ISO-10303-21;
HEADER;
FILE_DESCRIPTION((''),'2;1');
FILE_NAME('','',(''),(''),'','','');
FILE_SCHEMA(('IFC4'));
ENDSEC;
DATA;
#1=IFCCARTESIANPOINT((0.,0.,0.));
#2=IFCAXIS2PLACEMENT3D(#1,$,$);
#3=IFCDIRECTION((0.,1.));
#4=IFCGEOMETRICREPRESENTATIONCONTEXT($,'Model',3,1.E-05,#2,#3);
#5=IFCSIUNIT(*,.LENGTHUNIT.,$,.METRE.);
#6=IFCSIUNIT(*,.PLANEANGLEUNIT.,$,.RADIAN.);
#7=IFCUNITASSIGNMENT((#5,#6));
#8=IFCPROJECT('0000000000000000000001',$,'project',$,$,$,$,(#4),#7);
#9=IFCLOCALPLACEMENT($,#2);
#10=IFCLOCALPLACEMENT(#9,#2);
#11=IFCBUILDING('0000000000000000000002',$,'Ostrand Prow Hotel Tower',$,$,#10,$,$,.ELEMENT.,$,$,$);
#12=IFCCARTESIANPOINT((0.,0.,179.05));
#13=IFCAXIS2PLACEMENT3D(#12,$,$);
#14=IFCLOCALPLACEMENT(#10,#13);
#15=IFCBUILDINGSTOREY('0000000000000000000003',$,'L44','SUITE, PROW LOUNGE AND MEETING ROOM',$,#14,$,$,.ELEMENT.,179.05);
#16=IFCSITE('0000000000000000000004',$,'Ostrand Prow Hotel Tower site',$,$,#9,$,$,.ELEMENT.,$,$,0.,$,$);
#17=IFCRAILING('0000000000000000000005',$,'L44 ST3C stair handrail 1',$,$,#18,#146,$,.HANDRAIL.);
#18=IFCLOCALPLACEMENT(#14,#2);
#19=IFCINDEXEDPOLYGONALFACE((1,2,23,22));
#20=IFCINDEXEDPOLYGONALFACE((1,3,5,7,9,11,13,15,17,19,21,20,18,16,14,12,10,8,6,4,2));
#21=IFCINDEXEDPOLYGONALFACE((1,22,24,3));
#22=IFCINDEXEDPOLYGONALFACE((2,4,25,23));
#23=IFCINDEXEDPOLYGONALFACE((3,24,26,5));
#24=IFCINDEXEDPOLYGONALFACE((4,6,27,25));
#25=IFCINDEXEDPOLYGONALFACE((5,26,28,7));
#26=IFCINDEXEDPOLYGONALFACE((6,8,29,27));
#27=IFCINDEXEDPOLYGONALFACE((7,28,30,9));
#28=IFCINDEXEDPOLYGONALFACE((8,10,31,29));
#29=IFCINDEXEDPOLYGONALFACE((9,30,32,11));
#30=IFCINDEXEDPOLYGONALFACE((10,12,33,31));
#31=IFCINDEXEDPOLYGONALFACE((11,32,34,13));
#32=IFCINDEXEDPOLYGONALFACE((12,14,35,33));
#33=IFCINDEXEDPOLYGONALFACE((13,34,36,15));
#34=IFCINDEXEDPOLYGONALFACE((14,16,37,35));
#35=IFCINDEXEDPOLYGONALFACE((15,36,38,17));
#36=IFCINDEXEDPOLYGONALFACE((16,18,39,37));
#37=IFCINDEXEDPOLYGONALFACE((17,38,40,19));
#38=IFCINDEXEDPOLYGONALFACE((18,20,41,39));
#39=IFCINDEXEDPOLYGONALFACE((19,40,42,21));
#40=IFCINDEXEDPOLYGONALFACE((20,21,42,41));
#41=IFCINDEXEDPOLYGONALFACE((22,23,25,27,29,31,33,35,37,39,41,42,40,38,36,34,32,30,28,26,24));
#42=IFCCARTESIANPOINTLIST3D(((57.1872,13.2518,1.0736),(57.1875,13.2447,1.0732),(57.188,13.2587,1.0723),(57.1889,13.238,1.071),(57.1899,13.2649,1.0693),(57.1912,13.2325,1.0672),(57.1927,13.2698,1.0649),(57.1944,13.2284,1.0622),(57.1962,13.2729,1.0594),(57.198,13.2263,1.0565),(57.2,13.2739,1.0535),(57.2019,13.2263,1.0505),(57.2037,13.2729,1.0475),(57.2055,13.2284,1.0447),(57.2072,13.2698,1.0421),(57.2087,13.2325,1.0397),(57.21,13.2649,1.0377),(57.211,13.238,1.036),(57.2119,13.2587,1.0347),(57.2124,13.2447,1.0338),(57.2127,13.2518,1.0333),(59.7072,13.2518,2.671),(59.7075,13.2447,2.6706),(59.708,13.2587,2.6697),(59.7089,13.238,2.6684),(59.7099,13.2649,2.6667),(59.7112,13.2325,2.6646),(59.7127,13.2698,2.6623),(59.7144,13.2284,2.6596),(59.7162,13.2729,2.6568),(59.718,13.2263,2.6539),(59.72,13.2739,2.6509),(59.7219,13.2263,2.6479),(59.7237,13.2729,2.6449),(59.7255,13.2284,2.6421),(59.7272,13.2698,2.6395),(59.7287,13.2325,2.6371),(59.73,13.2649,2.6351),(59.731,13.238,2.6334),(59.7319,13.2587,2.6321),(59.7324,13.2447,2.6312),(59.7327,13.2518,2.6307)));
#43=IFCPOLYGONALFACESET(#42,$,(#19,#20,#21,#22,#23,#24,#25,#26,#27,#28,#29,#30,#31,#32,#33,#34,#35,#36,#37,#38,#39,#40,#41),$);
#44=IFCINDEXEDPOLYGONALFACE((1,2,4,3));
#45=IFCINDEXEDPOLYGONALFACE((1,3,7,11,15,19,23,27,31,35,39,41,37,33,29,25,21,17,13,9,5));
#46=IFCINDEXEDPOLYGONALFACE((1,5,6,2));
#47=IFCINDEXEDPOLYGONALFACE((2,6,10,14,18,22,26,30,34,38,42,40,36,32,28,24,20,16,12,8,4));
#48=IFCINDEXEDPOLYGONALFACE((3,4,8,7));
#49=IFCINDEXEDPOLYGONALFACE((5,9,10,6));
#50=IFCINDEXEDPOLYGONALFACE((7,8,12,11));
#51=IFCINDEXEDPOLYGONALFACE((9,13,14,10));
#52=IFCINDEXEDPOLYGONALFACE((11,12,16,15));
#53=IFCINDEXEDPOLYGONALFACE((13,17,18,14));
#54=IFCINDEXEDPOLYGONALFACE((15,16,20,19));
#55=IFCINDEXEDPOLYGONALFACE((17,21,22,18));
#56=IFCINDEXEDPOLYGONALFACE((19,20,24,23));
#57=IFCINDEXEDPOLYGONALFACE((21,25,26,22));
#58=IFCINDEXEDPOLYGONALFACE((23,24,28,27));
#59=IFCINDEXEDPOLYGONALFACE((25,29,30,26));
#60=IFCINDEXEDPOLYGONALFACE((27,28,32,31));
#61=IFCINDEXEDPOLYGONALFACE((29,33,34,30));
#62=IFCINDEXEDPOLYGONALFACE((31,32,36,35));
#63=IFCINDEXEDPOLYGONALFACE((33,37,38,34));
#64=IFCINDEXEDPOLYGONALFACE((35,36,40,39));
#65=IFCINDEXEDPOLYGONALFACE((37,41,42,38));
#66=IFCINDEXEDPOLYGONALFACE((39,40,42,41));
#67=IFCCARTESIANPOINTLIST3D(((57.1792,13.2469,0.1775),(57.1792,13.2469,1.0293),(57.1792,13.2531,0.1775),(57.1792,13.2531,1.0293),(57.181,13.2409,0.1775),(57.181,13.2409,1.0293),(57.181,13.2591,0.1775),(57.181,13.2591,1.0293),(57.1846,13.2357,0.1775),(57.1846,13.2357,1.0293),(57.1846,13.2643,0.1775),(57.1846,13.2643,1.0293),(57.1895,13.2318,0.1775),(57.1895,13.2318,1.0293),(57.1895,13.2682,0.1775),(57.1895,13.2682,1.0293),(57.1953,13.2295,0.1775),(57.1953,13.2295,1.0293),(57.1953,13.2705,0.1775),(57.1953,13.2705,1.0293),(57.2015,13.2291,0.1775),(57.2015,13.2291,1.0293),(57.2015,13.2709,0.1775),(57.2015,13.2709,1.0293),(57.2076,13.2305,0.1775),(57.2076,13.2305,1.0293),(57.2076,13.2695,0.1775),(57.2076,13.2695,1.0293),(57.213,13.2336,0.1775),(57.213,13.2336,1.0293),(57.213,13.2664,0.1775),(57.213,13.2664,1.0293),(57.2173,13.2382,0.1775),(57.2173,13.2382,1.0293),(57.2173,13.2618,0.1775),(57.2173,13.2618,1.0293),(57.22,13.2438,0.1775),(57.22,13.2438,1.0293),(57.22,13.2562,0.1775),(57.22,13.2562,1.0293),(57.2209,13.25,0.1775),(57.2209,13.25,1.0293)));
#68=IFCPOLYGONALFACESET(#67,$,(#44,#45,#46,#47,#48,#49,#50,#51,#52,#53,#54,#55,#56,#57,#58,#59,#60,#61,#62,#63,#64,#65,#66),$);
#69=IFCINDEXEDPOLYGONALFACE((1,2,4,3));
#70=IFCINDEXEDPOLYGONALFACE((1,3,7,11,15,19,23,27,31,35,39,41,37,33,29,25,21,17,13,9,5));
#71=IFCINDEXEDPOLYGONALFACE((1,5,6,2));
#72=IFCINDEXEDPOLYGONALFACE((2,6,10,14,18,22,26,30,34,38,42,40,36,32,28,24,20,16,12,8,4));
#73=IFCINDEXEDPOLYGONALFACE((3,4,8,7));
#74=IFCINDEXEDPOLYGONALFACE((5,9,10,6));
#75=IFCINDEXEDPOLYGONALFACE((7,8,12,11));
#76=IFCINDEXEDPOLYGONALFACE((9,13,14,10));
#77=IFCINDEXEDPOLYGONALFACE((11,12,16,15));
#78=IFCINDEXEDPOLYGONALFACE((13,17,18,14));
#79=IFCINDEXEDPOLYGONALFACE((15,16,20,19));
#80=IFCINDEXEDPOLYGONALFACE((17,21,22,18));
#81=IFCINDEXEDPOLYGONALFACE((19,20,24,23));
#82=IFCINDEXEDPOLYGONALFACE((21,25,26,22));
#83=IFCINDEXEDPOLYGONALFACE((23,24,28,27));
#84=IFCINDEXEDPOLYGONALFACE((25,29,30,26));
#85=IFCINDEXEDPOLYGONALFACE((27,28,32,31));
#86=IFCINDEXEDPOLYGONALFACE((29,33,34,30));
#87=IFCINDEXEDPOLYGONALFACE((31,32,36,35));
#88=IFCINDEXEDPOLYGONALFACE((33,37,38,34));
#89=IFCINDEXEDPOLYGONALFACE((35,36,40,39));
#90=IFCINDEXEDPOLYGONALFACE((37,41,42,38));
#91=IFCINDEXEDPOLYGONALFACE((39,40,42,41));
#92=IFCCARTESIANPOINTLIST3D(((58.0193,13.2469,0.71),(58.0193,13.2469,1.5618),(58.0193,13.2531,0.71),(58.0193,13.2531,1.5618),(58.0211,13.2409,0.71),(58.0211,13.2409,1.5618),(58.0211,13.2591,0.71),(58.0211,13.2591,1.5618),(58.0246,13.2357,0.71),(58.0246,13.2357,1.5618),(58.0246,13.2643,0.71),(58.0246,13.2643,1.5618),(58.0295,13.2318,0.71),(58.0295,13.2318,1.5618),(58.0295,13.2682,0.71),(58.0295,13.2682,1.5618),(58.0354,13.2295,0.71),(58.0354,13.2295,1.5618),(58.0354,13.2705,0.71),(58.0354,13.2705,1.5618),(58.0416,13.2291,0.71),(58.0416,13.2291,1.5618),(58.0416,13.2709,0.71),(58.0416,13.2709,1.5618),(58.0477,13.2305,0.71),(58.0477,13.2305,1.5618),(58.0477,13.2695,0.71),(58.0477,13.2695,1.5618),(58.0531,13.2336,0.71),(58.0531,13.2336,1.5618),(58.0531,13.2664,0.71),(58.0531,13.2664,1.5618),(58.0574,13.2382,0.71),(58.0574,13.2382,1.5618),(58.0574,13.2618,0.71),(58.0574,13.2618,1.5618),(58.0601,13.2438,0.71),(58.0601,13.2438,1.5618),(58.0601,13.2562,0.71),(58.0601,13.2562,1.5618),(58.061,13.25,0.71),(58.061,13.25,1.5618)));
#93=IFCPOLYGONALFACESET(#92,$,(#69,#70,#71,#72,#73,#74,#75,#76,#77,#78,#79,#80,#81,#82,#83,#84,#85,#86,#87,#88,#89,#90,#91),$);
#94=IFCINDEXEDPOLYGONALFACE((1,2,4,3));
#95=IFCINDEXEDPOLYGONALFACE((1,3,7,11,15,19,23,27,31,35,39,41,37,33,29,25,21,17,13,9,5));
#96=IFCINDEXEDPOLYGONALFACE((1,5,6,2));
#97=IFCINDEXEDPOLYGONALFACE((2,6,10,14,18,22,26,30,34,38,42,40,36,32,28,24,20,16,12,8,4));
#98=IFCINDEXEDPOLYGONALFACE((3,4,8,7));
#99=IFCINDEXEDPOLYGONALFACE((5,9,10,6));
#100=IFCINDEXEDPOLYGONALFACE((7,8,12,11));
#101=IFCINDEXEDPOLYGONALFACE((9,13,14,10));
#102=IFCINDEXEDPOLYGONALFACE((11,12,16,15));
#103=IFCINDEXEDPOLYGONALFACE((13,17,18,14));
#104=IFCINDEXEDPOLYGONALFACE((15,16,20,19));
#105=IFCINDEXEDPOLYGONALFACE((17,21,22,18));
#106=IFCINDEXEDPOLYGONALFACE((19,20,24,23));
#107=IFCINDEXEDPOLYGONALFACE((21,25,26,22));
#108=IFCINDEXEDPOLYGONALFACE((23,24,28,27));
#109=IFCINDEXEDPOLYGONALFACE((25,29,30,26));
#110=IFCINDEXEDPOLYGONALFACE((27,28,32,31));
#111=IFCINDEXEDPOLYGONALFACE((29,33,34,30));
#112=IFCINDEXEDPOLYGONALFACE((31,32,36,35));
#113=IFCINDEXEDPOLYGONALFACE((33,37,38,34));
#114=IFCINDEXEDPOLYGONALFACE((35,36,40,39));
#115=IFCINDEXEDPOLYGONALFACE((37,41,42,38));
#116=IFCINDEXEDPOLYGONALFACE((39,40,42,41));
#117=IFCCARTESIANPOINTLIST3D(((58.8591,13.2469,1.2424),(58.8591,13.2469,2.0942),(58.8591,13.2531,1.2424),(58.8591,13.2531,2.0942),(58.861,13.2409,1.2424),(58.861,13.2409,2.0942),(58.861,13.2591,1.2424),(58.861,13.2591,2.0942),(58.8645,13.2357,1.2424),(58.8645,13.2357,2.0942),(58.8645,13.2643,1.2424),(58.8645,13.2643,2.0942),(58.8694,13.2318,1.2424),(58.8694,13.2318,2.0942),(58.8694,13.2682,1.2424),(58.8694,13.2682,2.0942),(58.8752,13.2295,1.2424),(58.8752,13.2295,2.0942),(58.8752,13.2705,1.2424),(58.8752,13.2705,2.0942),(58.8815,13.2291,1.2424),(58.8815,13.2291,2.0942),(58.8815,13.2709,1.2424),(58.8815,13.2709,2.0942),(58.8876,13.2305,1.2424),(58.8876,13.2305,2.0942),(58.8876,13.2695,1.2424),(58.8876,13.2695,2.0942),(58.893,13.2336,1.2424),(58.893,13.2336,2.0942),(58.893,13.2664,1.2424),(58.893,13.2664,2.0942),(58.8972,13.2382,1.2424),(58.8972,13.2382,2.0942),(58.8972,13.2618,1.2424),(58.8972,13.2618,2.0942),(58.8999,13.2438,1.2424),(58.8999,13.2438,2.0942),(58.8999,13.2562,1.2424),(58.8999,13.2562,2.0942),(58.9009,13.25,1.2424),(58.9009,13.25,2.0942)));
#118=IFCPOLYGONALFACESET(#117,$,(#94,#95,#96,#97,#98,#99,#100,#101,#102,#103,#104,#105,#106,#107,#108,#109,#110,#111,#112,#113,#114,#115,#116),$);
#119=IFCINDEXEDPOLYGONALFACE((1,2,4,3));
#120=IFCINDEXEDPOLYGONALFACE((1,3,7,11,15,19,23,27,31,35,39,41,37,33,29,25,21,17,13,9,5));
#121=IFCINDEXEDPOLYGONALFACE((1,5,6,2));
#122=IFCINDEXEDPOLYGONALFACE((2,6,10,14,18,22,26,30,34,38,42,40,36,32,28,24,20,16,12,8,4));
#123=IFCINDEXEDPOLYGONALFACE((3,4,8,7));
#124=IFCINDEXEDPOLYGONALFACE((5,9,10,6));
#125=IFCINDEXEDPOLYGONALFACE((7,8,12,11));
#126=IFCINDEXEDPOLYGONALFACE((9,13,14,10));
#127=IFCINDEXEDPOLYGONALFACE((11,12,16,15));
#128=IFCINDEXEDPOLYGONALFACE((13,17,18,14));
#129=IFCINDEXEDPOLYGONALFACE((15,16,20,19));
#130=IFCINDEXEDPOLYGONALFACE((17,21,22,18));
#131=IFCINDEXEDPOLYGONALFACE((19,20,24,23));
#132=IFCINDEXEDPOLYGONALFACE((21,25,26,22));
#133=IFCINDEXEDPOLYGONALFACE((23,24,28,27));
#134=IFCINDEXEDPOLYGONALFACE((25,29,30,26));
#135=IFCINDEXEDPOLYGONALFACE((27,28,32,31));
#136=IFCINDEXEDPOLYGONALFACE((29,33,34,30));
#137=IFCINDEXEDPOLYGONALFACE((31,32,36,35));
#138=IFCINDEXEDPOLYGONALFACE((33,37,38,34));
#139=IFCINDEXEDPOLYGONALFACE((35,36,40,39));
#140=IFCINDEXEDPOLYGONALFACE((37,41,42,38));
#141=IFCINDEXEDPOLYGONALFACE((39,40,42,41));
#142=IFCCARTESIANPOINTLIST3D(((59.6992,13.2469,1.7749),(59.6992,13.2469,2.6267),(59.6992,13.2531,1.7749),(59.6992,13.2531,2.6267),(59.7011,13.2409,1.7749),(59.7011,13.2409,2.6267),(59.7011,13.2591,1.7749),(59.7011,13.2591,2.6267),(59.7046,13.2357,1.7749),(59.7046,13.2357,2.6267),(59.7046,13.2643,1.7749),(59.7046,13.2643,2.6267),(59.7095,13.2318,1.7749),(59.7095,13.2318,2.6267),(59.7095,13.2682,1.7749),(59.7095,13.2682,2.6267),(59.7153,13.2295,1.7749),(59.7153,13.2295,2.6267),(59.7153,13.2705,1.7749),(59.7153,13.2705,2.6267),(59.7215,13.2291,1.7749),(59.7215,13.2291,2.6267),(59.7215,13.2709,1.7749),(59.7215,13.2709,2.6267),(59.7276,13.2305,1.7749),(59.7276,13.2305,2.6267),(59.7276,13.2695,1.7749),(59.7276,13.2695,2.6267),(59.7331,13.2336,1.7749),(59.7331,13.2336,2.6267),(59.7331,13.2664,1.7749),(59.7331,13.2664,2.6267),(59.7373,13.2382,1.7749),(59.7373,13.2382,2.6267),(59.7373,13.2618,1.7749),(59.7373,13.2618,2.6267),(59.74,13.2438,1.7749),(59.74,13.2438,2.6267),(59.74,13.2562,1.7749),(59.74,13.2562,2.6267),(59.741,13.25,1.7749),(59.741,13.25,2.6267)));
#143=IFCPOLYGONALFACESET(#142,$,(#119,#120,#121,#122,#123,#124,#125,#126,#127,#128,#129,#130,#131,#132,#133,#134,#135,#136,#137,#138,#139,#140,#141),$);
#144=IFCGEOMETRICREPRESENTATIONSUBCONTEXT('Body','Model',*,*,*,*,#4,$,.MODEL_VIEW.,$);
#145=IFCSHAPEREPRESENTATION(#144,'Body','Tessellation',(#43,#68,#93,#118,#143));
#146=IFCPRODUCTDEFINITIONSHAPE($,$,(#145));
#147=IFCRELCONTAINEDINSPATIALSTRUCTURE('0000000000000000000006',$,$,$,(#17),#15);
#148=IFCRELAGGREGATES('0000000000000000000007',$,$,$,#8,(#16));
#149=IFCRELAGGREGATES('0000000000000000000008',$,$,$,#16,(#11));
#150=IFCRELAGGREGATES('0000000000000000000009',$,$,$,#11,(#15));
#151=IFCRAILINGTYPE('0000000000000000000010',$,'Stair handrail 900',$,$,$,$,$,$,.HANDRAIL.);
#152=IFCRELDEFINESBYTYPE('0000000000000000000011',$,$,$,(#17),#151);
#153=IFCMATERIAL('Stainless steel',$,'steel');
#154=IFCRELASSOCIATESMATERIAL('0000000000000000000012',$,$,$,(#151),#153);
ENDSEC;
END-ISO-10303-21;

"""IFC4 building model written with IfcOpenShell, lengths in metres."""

from ifc_helpers import new_model, si_unit, direction, frame, origin, origin_2d, place, context, subcontext, project, spatial, circle, extrude, material, type_object, element, save


model = new_model("IFC4")

# Units and contexts
model_context = context("Model", 3, precision=1e-05, world=origin(), true_north=direction((0.0, 1.0)))
body_context = subcontext(model_context, "Body", "Model", "MODEL_VIEW")
ifc_project = project(units=[si_unit("LENGTHUNIT", "METRE"), si_unit("PLANEANGLEUNIT", "RADIAN")], contexts=[model_context])

# Site, building, storey
site_placement = place(None, origin())
site = spatial("IfcSite", under=ifc_project, at=site_placement, Name="Ostrand Prow Hotel Tower site", CompositionType="ELEMENT", RefElevation=0.0)
building_placement = place(site_placement, origin())
building = spatial("IfcBuilding", under=site, at=building_placement, Name="Ostrand Prow Hotel Tower", CompositionType="ELEMENT")
storey_placement = place(building_placement, frame((0.0, 0.0, 179.05)))
storey = spatial("IfcBuildingStorey", under=building, at=storey_placement, Name="L44", Description="SUITE, PROW LOUNGE AND MEETING ROOM", CompositionType="ELEMENT", Elevation=179.05)

# Railing
ifc_material_1 = material(Name="Stainless steel", Category="steel")
railing_type_1 = type_object("IfcRailingType", Name="Stair handrail 900", PredefinedType="HANDRAIL", material=ifc_material_1)
railing_1_placement = place(storey_placement, frame((57.2, 13.25, 0.1775)))
element("IfcRailing", 1, at=railing_1_placement, inside=storey, type_object=railing_type_1, Name="L44 ST3C stair handrail 1", PredefinedType="HANDRAIL", context=body_context, shape_type="SweptSolid", body=[
    extrude(circle(Radius=0.0239, at=origin_2d()), frame((0.0, 0.0, 0.876), z_axis=(0.844607, 0.0, 0.535387), x_axis=(0.0, 1.0, 0.0)), (0.0, 0.0, 1.0), 2.9836),
    extrude(circle(Radius=0.021, at=origin_2d()), origin(), (0.0, 0.0, 1.0), 0.8518),
    extrude(circle(Radius=0.021, at=origin_2d()), frame((0.8401, 0.0, 0.5325)), (0.0, 0.0, 1.0), 0.8518),
    extrude(circle(Radius=0.021, at=origin_2d()), frame((1.6799, 0.0, 1.0649)), (0.0, 0.0, 1.0), 0.8518),
    extrude(circle(Radius=0.021, at=origin_2d()), frame((2.52, 0.0, 1.5974)), (0.0, 0.0, 1.0), 0.8518),
])

save(model, "model.ifc")
